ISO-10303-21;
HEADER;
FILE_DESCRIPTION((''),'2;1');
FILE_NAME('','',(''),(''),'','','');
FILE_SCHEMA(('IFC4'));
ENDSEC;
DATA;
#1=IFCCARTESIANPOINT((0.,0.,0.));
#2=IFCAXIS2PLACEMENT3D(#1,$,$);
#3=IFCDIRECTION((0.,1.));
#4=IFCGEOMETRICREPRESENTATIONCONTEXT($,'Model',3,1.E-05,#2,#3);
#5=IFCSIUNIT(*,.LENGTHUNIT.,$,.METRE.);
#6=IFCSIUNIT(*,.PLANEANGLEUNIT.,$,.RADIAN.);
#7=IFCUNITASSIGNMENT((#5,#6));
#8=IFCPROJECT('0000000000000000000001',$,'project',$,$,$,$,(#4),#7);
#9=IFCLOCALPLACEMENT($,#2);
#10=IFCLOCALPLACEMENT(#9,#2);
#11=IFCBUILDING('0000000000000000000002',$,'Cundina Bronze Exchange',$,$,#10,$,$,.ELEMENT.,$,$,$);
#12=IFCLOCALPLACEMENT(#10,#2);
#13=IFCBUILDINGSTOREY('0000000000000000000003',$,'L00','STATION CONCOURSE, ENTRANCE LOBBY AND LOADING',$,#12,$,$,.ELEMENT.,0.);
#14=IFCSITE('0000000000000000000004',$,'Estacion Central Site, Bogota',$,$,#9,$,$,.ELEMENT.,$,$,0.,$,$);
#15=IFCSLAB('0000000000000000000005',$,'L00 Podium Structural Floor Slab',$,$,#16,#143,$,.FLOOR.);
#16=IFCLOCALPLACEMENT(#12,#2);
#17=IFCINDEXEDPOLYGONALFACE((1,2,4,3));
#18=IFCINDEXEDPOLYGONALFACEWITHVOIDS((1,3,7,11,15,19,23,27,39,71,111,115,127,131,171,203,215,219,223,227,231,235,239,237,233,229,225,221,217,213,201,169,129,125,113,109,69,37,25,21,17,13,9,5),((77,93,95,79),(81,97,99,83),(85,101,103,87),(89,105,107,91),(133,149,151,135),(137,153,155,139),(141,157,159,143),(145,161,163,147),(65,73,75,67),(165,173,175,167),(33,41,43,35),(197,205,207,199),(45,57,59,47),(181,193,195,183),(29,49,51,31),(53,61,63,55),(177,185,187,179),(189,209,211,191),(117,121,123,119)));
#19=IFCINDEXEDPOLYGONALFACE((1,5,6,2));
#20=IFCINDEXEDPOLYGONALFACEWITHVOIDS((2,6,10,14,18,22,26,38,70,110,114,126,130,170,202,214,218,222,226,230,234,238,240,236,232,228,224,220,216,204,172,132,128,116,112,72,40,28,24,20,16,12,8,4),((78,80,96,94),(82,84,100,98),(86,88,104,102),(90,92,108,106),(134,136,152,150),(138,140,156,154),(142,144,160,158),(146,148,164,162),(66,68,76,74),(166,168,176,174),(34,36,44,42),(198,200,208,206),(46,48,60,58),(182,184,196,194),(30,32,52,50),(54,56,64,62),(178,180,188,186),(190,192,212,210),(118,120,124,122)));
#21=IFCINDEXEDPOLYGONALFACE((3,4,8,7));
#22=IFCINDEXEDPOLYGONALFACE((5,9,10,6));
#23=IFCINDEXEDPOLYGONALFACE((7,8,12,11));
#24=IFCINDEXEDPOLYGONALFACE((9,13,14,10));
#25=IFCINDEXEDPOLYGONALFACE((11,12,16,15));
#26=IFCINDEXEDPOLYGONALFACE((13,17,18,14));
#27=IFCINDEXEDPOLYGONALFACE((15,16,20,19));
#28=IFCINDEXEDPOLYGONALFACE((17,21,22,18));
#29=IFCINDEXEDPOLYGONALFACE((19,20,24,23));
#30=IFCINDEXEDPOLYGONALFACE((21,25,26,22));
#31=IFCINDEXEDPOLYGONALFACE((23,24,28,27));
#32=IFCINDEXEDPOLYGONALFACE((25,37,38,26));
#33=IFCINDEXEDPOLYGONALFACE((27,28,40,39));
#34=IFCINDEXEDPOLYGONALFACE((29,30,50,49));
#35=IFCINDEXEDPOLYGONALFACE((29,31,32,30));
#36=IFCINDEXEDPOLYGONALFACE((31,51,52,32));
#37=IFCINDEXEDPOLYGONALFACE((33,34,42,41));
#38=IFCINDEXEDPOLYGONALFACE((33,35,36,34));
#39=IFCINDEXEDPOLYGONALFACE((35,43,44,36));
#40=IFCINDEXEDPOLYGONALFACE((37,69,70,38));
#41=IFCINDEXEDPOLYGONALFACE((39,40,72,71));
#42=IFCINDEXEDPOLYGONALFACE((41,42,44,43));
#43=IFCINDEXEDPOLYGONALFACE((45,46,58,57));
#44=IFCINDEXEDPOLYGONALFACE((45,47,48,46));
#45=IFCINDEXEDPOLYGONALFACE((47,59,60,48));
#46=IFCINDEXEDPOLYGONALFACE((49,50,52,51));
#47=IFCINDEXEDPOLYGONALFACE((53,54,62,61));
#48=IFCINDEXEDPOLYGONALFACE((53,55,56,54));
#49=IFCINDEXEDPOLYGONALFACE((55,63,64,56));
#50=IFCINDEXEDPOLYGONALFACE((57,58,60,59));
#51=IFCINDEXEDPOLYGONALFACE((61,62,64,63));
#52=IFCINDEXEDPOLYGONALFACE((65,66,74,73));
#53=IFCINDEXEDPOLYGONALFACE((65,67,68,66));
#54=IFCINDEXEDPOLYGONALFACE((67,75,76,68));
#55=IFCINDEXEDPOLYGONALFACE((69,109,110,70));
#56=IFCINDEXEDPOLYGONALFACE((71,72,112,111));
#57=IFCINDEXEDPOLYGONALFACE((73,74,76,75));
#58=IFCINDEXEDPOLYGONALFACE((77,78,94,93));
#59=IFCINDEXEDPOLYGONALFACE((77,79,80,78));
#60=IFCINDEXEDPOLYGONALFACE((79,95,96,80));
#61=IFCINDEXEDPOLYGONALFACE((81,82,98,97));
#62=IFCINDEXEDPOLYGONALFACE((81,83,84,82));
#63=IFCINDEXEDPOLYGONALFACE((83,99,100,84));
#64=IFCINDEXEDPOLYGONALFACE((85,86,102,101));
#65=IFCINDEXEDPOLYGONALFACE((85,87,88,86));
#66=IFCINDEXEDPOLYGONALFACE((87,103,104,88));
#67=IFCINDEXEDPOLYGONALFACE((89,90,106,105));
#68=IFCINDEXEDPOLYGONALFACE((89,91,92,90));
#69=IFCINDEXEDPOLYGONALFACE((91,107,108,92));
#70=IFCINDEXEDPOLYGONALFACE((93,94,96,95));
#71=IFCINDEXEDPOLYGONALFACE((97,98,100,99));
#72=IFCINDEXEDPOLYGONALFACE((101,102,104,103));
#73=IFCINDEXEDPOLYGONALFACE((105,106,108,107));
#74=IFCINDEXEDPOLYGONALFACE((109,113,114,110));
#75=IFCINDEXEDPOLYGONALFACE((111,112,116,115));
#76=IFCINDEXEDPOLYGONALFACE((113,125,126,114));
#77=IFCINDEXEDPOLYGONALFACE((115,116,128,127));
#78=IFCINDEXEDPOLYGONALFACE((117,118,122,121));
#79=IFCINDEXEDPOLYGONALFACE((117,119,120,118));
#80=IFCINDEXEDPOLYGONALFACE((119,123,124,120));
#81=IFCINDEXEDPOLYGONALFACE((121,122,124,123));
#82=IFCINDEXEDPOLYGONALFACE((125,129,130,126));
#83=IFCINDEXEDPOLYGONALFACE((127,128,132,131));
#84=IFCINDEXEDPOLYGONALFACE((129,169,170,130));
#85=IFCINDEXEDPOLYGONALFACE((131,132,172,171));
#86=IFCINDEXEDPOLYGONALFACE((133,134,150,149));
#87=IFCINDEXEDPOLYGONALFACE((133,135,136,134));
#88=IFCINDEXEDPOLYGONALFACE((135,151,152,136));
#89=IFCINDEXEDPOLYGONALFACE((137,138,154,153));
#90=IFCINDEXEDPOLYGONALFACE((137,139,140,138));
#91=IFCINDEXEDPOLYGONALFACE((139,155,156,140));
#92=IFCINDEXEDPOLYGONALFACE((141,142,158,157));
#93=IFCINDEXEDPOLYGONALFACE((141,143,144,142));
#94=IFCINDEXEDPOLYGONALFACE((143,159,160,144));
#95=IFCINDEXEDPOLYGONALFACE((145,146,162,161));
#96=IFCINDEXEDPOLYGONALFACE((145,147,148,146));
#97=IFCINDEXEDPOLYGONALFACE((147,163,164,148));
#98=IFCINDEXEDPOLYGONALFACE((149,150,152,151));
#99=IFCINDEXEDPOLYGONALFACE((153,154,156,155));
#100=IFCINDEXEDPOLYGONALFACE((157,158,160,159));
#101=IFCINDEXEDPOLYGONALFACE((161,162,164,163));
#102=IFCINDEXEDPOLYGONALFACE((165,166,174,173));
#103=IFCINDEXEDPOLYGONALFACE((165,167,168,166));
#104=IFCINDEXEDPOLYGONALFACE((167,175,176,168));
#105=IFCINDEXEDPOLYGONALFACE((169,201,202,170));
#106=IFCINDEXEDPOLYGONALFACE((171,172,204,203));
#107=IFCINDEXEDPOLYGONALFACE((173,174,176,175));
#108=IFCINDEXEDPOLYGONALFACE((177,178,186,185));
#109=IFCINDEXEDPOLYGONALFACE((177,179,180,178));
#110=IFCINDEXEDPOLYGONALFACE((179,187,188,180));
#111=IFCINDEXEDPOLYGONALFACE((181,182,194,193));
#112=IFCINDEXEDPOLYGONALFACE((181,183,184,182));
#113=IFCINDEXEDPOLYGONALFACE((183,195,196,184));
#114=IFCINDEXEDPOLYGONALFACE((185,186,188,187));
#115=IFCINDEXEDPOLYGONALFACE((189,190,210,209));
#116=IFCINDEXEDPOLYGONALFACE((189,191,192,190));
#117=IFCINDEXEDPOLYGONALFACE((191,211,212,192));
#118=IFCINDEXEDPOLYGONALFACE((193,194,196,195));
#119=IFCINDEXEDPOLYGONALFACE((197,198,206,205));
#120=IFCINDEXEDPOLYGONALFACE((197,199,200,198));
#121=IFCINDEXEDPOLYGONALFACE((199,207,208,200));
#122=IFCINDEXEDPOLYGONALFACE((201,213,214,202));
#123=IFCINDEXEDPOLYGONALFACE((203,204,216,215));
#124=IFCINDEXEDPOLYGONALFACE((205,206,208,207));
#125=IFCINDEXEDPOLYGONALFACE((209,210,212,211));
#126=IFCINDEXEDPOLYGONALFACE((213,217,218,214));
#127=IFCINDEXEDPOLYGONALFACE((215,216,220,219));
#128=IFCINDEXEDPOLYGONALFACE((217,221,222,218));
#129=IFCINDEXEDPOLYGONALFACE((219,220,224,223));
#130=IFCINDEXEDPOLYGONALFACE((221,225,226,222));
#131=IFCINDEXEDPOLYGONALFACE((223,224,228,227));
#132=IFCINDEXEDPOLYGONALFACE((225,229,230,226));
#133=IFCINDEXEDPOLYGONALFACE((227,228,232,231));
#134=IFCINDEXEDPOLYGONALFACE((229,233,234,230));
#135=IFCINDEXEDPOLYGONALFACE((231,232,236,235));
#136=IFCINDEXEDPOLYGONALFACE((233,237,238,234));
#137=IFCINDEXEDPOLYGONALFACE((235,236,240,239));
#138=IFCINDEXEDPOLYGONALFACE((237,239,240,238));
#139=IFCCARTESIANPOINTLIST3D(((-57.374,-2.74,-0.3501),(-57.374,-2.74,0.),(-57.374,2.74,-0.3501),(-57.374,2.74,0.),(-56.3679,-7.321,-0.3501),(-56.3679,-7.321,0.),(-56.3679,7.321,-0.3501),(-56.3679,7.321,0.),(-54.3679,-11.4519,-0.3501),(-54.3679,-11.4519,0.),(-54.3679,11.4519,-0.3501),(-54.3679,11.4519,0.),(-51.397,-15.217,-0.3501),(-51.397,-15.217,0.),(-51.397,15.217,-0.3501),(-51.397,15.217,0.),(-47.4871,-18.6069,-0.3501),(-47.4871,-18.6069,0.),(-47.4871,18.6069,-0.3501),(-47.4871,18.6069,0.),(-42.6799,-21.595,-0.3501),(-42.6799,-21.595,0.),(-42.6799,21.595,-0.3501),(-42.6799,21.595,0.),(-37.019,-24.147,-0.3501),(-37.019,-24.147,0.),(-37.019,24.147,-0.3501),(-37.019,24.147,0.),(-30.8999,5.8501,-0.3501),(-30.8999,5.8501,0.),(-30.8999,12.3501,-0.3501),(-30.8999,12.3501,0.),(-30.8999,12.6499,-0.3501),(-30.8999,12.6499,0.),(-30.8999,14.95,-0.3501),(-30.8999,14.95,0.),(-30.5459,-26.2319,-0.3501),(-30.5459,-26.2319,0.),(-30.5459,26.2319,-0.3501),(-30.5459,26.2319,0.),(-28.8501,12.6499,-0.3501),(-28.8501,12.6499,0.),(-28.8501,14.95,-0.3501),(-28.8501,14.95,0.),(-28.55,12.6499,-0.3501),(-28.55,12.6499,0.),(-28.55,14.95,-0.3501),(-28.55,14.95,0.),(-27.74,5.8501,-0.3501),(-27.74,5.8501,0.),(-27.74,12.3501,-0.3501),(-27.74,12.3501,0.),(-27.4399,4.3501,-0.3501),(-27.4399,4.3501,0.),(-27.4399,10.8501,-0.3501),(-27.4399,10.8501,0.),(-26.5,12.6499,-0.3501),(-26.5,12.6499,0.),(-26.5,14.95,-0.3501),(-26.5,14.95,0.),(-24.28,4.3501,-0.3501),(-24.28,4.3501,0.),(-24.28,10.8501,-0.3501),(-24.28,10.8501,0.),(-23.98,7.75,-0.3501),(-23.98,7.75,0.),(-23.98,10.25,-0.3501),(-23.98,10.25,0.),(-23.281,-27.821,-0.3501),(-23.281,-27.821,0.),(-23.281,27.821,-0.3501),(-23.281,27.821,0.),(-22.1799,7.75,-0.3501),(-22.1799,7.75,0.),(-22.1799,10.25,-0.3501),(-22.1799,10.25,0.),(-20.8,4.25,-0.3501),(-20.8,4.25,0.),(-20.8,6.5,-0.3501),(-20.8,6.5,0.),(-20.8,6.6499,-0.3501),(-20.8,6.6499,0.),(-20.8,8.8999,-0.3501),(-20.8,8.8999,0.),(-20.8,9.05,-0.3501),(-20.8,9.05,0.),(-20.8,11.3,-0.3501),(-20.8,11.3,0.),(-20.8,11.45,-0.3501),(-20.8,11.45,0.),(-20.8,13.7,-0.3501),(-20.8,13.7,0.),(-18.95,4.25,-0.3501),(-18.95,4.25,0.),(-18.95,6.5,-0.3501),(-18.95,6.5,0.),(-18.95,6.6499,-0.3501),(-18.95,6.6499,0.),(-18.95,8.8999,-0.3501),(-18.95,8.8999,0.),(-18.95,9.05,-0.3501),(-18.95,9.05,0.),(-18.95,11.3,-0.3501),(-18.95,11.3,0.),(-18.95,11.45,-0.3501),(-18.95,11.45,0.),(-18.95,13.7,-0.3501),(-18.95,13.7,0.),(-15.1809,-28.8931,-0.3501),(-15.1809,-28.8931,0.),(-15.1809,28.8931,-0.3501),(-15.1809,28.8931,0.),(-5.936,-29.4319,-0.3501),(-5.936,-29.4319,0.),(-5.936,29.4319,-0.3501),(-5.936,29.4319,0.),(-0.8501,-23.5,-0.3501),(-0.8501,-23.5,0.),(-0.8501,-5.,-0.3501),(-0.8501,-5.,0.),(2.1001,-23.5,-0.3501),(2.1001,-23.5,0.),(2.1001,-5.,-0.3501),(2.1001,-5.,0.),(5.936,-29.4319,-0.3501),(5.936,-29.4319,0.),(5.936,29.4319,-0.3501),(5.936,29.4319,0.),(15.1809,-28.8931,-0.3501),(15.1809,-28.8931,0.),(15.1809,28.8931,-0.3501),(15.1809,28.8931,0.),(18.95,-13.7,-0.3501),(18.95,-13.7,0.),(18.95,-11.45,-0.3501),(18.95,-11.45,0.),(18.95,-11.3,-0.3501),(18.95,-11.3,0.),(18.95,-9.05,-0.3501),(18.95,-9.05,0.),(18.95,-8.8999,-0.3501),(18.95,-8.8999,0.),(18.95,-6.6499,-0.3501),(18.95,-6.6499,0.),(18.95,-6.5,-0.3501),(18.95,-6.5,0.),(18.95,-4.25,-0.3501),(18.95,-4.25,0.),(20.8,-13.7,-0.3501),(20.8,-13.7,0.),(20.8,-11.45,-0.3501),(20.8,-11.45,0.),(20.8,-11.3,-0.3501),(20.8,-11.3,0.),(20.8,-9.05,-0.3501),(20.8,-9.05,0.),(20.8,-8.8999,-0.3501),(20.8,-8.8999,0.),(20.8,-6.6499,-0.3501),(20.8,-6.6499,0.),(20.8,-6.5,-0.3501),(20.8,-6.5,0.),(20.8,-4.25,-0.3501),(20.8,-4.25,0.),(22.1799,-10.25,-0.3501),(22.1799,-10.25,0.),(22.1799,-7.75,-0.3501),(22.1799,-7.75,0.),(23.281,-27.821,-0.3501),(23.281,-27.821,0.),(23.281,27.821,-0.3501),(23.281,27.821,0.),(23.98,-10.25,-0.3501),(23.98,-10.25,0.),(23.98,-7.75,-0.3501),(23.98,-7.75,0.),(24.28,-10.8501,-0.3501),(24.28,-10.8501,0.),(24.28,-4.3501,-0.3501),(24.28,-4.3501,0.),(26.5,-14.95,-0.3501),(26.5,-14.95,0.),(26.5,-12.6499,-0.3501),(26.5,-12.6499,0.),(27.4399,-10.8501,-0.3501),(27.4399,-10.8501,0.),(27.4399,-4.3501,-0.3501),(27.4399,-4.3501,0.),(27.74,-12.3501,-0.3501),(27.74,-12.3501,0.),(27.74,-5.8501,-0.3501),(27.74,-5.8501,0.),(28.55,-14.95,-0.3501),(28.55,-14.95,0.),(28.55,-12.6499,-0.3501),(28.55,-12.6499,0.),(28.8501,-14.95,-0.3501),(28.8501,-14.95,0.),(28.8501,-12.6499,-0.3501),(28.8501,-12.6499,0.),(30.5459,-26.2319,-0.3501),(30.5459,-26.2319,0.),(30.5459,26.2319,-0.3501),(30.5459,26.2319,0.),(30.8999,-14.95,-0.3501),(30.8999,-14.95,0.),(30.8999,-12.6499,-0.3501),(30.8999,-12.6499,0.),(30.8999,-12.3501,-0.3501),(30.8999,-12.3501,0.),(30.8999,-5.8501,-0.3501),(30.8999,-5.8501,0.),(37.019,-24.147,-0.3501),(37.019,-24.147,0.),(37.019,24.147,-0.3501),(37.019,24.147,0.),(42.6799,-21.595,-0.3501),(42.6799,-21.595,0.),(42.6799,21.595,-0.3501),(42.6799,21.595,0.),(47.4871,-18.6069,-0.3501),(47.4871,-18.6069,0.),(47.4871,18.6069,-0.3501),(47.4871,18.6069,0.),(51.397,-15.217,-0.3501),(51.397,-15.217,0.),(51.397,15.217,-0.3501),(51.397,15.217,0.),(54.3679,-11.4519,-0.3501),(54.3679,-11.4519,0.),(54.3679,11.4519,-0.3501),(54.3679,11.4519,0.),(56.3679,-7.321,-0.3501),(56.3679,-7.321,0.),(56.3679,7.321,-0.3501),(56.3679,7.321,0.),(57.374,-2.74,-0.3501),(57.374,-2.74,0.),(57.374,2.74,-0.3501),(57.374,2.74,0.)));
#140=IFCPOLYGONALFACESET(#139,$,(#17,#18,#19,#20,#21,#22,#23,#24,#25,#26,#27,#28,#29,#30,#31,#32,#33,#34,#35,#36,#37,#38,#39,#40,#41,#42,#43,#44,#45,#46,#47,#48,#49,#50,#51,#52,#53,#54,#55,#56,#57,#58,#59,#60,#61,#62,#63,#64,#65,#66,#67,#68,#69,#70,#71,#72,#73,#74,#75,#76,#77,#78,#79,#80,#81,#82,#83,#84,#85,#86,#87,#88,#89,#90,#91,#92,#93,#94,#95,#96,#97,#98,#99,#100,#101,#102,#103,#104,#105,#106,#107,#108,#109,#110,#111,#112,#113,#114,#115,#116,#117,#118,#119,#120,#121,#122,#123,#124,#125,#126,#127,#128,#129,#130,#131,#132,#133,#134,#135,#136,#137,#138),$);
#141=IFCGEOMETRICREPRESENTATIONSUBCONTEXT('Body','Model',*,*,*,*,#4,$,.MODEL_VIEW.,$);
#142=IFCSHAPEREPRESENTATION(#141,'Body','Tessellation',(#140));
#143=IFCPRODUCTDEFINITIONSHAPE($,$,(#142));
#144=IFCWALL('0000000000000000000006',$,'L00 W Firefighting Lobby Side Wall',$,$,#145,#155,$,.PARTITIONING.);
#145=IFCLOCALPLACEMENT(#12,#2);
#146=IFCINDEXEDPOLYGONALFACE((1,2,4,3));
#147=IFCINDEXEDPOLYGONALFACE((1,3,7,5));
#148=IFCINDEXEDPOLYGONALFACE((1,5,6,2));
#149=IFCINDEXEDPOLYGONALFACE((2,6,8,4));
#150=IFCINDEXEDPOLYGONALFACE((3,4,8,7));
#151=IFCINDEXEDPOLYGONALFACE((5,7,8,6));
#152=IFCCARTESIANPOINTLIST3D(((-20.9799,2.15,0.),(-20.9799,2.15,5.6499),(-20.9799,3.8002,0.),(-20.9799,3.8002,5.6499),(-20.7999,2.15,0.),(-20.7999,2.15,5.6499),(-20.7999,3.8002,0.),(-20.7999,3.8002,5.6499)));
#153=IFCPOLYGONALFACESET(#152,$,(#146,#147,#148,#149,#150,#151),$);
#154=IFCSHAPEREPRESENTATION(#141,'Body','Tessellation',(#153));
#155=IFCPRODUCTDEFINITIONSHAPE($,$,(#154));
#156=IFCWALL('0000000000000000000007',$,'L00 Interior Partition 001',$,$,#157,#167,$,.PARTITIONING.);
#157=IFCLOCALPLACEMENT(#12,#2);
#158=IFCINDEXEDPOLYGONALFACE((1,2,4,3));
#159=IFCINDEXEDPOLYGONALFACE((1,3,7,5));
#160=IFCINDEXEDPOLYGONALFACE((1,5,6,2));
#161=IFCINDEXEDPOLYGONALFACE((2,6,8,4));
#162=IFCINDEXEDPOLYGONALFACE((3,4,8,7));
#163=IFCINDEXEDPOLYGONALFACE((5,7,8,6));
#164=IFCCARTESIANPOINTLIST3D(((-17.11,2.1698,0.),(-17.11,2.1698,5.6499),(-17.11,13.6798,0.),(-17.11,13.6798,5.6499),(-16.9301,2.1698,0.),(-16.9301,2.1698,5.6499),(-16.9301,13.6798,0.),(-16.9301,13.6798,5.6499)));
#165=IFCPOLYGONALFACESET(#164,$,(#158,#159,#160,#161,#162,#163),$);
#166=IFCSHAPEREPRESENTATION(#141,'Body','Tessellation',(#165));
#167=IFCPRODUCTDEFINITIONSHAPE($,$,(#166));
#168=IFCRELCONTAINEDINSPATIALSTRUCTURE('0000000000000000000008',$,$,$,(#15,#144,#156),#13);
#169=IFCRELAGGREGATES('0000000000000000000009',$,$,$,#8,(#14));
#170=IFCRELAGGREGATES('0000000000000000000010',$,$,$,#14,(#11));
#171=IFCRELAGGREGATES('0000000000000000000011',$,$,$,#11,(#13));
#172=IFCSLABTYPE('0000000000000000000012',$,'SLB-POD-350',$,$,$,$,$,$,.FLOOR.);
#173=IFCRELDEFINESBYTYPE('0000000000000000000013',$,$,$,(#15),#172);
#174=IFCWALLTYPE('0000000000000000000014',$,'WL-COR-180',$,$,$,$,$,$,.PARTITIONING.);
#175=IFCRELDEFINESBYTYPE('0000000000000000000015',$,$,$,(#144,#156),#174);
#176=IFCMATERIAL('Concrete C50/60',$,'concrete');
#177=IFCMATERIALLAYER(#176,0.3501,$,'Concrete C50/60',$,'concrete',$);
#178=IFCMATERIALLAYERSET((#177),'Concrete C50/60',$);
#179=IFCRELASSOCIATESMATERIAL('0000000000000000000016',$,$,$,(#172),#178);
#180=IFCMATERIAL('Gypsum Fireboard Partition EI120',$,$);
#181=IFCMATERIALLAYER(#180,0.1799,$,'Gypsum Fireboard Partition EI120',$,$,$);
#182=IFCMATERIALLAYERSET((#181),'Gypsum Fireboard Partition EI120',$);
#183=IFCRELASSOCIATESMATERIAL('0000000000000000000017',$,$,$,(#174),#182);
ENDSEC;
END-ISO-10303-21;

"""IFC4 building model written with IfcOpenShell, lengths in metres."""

from ifc_helpers import new_model, si_unit, direction, frame, frame_2d, origin, place, context, subcontext, project, spatial, polyline, rectangle, outline, extrude, material, layer, layer_set, type_object, element, save


model = new_model("IFC4")

# Units and contexts
model_context = context("Model", 3, precision=1e-05, world=origin(), true_north=direction((0.0, 1.0)))
body_context = subcontext(model_context, "Body", "Model", "MODEL_VIEW")
ifc_project = project(units=[si_unit("LENGTHUNIT", "METRE"), si_unit("PLANEANGLEUNIT", "RADIAN")], contexts=[model_context])

# Site, building, storey
site_placement = place(None, origin())
site = spatial("IfcSite", under=ifc_project, at=site_placement, Name="Estacion Central Site, Bogota", CompositionType="ELEMENT", RefElevation=0.0)
building_placement = place(site_placement, origin())
building = spatial("IfcBuilding", under=site, at=building_placement, Name="Cundina Bronze Exchange", CompositionType="ELEMENT")
storey_placement = place(building_placement, origin())
storey = spatial("IfcBuildingStorey", under=building, at=storey_placement, Name="L00", Description="STATION CONCOURSE, ENTRANCE LOBBY AND LOADING", CompositionType="ELEMENT", Elevation=0.0)

# Slab
ifc_material_1 = material(Name="Concrete C50/60", Category="concrete")
ifc_layer_1 = layer(ifc_material_1, 0.3501, Name="Concrete C50/60", Category="concrete")
ifc_layer_set_1 = layer_set([ifc_layer_1], Name="Concrete C50/60")
slab_type = type_object("IfcSlabType", Name="SLB-POD-350", PredefinedType="FLOOR", material=ifc_layer_set_1)
slab_placement = place(storey_placement, frame((0.0, 0.0, -0.3501)))
element("IfcSlab", 1, at=slab_placement, inside=storey, type_object=slab_type, Name="L00 Podium Structural Floor Slab", PredefinedType="FLOOR", context=body_context, shape_type="SweptSolid", body=[
    extrude(outline(polyline([(57.374, 2.74), (56.3679, 7.321), (54.3679, 11.4519), (51.397, 15.217), (47.4871, 18.6069), (42.6799, 21.595), (37.019, 24.147), (30.5459, 26.2319), (23.281, 27.821), (15.1809, 28.8931), (5.936, 29.4319), (-5.936, 29.4319), (-15.1809, 28.8931), (-23.281, 27.821), (-30.5459, 26.2319), (-37.019, 24.147), (-42.6799, 21.595), (-47.4871, 18.6069), (-51.397, 15.217), (-54.3679, 11.4519), (-56.3679, 7.321), (-57.374, 2.74), (-57.374, -2.74), (-56.3679, -7.321), (-54.3679, -11.4519), (-51.397, -15.217), (-47.4871, -18.6069), (-42.6799, -21.595), (-37.019, -24.147), (-30.5459, -26.2319), (-23.281, -27.821), (-15.1809, -28.8931), (-5.936, -29.4319), (5.936, -29.4319), (15.1809, -28.8931), (23.281, -27.821), (30.5459, -26.2319), (37.019, -24.147), (42.6799, -21.595), (47.4871, -18.6069), (51.397, -15.217), (54.3679, -11.4519), (56.3679, -7.321), (57.374, -2.74), (57.374, 2.74)]), holes=[polyline([(-27.74, 5.8501), (-27.74, 12.3501), (-30.8999, 12.3501), (-30.8999, 5.8501), (-27.74, 5.8501)]), polyline([(-27.4399, 10.8501), (-27.4399, 4.3501), (-24.28, 4.3501), (-24.28, 10.8501), (-27.4399, 10.8501)]), polyline([(27.74, -5.8501), (27.74, -12.3501), (30.8999, -12.3501), (30.8999, -5.8501), (27.74, -5.8501)]), polyline([(27.4399, -10.8501), (27.4399, -4.3501), (24.28, -4.3501), (24.28, -10.8501), (27.4399, -10.8501)]), polyline([(-23.98, 10.25), (-22.1799, 10.25), (-22.1799, 7.75), (-23.98, 7.75), (-23.98, 10.25)]), polyline([(-30.8999, 14.95), (-28.8501, 14.95), (-28.8501, 12.6499), (-30.8999, 12.6499), (-30.8999, 14.95)]), polyline([(-28.55, 14.95), (-26.5, 14.95), (-26.5, 12.6499), (-28.55, 12.6499), (-28.55, 14.95)]), polyline([(-20.8, 13.7), (-18.95, 13.7), (-18.95, 11.45), (-20.8, 11.45), (-20.8, 13.7)]), polyline([(-20.8, 11.3), (-18.95, 11.3), (-18.95, 9.05), (-20.8, 9.05), (-20.8, 11.3)]), polyline([(-20.8, 8.8999), (-18.95, 8.8999), (-18.95, 6.6499), (-20.8, 6.6499), (-20.8, 8.8999)]), polyline([(-20.8, 6.5), (-18.95, 6.5), (-18.95, 4.25), (-20.8, 4.25), (-20.8, 6.5)]), polyline([(22.1799, -7.75), (23.98, -7.75), (23.98, -10.25), (22.1799, -10.25), (22.1799, -7.75)]), polyline([(28.8501, -12.6499), (30.8999, -12.6499), (30.8999, -14.95), (28.8501, -14.95), (28.8501, -12.6499)]), polyline([(26.5, -12.6499), (28.55, -12.6499), (28.55, -14.95), (26.5, -14.95), (26.5, -12.6499)]), polyline([(18.95, -11.45), (20.8, -11.45), (20.8, -13.7), (18.95, -13.7), (18.95, -11.45)]), polyline([(18.95, -9.05), (20.8, -9.05), (20.8, -11.3), (18.95, -11.3), (18.95, -9.05)]), polyline([(18.95, -6.6499), (20.8, -6.6499), (20.8, -8.8999), (18.95, -8.8999), (18.95, -6.6499)]), polyline([(18.95, -4.25), (20.8, -4.25), (20.8, -6.5), (18.95, -6.5), (18.95, -4.25)]), polyline([(-0.8501, -5.0), (2.1001, -5.0), (2.1001, -23.5), (-0.8501, -23.5), (-0.8501, -5.0)])]), origin(), (0.0, 0.0, 1.0), 0.3501),
])

# Walls
ifc_material_2 = material(Name="Gypsum Fireboard Partition EI120")
ifc_layer_2 = layer(ifc_material_2, 0.1799, Name="Gypsum Fireboard Partition EI120")
ifc_layer_set_2 = layer_set([ifc_layer_2], Name="Gypsum Fireboard Partition EI120")
wall_type_1 = type_object("IfcWallType", Name="WL-COR-180", PredefinedType="PARTITIONING", material=ifc_layer_set_2)
wall_1_placement = place(storey_placement, frame((-20.8899, 2.1499, 0.0), z_axis=(0.0, 0.0, 1.0), x_axis=(0.0, 1.0, 0.0)))
element("IfcWall", 2, at=wall_1_placement, inside=storey, type_object=wall_type_1, Name="L00 W Firefighting Lobby Side Wall", PredefinedType="PARTITIONING", context=body_context, shape_type="SweptSolid", body=[
    extrude(rectangle(XDim=1.6501, YDim=0.1799, at=frame_2d((0.8252, 0.0))), origin(), (0.0, 0.0, 1.0), 5.6499),
])
wall_2_placement = place(storey_placement, frame((-17.02, 2.1699, 0.0), z_axis=(0.0, 0.0, 1.0), x_axis=(0.0, 1.0, 0.0)))
element("IfcWall", 3, at=wall_2_placement, inside=storey, type_object=wall_type_1, Name="L00 Interior Partition 001", PredefinedType="PARTITIONING", context=body_context, shape_type="SweptSolid", body=[
    extrude(rectangle(XDim=11.51, YDim=0.1799, at=frame_2d((5.7549, 0.0))), origin(), (0.0, 0.0, 1.0), 5.6499),
])

save(model, "model.ifc")
